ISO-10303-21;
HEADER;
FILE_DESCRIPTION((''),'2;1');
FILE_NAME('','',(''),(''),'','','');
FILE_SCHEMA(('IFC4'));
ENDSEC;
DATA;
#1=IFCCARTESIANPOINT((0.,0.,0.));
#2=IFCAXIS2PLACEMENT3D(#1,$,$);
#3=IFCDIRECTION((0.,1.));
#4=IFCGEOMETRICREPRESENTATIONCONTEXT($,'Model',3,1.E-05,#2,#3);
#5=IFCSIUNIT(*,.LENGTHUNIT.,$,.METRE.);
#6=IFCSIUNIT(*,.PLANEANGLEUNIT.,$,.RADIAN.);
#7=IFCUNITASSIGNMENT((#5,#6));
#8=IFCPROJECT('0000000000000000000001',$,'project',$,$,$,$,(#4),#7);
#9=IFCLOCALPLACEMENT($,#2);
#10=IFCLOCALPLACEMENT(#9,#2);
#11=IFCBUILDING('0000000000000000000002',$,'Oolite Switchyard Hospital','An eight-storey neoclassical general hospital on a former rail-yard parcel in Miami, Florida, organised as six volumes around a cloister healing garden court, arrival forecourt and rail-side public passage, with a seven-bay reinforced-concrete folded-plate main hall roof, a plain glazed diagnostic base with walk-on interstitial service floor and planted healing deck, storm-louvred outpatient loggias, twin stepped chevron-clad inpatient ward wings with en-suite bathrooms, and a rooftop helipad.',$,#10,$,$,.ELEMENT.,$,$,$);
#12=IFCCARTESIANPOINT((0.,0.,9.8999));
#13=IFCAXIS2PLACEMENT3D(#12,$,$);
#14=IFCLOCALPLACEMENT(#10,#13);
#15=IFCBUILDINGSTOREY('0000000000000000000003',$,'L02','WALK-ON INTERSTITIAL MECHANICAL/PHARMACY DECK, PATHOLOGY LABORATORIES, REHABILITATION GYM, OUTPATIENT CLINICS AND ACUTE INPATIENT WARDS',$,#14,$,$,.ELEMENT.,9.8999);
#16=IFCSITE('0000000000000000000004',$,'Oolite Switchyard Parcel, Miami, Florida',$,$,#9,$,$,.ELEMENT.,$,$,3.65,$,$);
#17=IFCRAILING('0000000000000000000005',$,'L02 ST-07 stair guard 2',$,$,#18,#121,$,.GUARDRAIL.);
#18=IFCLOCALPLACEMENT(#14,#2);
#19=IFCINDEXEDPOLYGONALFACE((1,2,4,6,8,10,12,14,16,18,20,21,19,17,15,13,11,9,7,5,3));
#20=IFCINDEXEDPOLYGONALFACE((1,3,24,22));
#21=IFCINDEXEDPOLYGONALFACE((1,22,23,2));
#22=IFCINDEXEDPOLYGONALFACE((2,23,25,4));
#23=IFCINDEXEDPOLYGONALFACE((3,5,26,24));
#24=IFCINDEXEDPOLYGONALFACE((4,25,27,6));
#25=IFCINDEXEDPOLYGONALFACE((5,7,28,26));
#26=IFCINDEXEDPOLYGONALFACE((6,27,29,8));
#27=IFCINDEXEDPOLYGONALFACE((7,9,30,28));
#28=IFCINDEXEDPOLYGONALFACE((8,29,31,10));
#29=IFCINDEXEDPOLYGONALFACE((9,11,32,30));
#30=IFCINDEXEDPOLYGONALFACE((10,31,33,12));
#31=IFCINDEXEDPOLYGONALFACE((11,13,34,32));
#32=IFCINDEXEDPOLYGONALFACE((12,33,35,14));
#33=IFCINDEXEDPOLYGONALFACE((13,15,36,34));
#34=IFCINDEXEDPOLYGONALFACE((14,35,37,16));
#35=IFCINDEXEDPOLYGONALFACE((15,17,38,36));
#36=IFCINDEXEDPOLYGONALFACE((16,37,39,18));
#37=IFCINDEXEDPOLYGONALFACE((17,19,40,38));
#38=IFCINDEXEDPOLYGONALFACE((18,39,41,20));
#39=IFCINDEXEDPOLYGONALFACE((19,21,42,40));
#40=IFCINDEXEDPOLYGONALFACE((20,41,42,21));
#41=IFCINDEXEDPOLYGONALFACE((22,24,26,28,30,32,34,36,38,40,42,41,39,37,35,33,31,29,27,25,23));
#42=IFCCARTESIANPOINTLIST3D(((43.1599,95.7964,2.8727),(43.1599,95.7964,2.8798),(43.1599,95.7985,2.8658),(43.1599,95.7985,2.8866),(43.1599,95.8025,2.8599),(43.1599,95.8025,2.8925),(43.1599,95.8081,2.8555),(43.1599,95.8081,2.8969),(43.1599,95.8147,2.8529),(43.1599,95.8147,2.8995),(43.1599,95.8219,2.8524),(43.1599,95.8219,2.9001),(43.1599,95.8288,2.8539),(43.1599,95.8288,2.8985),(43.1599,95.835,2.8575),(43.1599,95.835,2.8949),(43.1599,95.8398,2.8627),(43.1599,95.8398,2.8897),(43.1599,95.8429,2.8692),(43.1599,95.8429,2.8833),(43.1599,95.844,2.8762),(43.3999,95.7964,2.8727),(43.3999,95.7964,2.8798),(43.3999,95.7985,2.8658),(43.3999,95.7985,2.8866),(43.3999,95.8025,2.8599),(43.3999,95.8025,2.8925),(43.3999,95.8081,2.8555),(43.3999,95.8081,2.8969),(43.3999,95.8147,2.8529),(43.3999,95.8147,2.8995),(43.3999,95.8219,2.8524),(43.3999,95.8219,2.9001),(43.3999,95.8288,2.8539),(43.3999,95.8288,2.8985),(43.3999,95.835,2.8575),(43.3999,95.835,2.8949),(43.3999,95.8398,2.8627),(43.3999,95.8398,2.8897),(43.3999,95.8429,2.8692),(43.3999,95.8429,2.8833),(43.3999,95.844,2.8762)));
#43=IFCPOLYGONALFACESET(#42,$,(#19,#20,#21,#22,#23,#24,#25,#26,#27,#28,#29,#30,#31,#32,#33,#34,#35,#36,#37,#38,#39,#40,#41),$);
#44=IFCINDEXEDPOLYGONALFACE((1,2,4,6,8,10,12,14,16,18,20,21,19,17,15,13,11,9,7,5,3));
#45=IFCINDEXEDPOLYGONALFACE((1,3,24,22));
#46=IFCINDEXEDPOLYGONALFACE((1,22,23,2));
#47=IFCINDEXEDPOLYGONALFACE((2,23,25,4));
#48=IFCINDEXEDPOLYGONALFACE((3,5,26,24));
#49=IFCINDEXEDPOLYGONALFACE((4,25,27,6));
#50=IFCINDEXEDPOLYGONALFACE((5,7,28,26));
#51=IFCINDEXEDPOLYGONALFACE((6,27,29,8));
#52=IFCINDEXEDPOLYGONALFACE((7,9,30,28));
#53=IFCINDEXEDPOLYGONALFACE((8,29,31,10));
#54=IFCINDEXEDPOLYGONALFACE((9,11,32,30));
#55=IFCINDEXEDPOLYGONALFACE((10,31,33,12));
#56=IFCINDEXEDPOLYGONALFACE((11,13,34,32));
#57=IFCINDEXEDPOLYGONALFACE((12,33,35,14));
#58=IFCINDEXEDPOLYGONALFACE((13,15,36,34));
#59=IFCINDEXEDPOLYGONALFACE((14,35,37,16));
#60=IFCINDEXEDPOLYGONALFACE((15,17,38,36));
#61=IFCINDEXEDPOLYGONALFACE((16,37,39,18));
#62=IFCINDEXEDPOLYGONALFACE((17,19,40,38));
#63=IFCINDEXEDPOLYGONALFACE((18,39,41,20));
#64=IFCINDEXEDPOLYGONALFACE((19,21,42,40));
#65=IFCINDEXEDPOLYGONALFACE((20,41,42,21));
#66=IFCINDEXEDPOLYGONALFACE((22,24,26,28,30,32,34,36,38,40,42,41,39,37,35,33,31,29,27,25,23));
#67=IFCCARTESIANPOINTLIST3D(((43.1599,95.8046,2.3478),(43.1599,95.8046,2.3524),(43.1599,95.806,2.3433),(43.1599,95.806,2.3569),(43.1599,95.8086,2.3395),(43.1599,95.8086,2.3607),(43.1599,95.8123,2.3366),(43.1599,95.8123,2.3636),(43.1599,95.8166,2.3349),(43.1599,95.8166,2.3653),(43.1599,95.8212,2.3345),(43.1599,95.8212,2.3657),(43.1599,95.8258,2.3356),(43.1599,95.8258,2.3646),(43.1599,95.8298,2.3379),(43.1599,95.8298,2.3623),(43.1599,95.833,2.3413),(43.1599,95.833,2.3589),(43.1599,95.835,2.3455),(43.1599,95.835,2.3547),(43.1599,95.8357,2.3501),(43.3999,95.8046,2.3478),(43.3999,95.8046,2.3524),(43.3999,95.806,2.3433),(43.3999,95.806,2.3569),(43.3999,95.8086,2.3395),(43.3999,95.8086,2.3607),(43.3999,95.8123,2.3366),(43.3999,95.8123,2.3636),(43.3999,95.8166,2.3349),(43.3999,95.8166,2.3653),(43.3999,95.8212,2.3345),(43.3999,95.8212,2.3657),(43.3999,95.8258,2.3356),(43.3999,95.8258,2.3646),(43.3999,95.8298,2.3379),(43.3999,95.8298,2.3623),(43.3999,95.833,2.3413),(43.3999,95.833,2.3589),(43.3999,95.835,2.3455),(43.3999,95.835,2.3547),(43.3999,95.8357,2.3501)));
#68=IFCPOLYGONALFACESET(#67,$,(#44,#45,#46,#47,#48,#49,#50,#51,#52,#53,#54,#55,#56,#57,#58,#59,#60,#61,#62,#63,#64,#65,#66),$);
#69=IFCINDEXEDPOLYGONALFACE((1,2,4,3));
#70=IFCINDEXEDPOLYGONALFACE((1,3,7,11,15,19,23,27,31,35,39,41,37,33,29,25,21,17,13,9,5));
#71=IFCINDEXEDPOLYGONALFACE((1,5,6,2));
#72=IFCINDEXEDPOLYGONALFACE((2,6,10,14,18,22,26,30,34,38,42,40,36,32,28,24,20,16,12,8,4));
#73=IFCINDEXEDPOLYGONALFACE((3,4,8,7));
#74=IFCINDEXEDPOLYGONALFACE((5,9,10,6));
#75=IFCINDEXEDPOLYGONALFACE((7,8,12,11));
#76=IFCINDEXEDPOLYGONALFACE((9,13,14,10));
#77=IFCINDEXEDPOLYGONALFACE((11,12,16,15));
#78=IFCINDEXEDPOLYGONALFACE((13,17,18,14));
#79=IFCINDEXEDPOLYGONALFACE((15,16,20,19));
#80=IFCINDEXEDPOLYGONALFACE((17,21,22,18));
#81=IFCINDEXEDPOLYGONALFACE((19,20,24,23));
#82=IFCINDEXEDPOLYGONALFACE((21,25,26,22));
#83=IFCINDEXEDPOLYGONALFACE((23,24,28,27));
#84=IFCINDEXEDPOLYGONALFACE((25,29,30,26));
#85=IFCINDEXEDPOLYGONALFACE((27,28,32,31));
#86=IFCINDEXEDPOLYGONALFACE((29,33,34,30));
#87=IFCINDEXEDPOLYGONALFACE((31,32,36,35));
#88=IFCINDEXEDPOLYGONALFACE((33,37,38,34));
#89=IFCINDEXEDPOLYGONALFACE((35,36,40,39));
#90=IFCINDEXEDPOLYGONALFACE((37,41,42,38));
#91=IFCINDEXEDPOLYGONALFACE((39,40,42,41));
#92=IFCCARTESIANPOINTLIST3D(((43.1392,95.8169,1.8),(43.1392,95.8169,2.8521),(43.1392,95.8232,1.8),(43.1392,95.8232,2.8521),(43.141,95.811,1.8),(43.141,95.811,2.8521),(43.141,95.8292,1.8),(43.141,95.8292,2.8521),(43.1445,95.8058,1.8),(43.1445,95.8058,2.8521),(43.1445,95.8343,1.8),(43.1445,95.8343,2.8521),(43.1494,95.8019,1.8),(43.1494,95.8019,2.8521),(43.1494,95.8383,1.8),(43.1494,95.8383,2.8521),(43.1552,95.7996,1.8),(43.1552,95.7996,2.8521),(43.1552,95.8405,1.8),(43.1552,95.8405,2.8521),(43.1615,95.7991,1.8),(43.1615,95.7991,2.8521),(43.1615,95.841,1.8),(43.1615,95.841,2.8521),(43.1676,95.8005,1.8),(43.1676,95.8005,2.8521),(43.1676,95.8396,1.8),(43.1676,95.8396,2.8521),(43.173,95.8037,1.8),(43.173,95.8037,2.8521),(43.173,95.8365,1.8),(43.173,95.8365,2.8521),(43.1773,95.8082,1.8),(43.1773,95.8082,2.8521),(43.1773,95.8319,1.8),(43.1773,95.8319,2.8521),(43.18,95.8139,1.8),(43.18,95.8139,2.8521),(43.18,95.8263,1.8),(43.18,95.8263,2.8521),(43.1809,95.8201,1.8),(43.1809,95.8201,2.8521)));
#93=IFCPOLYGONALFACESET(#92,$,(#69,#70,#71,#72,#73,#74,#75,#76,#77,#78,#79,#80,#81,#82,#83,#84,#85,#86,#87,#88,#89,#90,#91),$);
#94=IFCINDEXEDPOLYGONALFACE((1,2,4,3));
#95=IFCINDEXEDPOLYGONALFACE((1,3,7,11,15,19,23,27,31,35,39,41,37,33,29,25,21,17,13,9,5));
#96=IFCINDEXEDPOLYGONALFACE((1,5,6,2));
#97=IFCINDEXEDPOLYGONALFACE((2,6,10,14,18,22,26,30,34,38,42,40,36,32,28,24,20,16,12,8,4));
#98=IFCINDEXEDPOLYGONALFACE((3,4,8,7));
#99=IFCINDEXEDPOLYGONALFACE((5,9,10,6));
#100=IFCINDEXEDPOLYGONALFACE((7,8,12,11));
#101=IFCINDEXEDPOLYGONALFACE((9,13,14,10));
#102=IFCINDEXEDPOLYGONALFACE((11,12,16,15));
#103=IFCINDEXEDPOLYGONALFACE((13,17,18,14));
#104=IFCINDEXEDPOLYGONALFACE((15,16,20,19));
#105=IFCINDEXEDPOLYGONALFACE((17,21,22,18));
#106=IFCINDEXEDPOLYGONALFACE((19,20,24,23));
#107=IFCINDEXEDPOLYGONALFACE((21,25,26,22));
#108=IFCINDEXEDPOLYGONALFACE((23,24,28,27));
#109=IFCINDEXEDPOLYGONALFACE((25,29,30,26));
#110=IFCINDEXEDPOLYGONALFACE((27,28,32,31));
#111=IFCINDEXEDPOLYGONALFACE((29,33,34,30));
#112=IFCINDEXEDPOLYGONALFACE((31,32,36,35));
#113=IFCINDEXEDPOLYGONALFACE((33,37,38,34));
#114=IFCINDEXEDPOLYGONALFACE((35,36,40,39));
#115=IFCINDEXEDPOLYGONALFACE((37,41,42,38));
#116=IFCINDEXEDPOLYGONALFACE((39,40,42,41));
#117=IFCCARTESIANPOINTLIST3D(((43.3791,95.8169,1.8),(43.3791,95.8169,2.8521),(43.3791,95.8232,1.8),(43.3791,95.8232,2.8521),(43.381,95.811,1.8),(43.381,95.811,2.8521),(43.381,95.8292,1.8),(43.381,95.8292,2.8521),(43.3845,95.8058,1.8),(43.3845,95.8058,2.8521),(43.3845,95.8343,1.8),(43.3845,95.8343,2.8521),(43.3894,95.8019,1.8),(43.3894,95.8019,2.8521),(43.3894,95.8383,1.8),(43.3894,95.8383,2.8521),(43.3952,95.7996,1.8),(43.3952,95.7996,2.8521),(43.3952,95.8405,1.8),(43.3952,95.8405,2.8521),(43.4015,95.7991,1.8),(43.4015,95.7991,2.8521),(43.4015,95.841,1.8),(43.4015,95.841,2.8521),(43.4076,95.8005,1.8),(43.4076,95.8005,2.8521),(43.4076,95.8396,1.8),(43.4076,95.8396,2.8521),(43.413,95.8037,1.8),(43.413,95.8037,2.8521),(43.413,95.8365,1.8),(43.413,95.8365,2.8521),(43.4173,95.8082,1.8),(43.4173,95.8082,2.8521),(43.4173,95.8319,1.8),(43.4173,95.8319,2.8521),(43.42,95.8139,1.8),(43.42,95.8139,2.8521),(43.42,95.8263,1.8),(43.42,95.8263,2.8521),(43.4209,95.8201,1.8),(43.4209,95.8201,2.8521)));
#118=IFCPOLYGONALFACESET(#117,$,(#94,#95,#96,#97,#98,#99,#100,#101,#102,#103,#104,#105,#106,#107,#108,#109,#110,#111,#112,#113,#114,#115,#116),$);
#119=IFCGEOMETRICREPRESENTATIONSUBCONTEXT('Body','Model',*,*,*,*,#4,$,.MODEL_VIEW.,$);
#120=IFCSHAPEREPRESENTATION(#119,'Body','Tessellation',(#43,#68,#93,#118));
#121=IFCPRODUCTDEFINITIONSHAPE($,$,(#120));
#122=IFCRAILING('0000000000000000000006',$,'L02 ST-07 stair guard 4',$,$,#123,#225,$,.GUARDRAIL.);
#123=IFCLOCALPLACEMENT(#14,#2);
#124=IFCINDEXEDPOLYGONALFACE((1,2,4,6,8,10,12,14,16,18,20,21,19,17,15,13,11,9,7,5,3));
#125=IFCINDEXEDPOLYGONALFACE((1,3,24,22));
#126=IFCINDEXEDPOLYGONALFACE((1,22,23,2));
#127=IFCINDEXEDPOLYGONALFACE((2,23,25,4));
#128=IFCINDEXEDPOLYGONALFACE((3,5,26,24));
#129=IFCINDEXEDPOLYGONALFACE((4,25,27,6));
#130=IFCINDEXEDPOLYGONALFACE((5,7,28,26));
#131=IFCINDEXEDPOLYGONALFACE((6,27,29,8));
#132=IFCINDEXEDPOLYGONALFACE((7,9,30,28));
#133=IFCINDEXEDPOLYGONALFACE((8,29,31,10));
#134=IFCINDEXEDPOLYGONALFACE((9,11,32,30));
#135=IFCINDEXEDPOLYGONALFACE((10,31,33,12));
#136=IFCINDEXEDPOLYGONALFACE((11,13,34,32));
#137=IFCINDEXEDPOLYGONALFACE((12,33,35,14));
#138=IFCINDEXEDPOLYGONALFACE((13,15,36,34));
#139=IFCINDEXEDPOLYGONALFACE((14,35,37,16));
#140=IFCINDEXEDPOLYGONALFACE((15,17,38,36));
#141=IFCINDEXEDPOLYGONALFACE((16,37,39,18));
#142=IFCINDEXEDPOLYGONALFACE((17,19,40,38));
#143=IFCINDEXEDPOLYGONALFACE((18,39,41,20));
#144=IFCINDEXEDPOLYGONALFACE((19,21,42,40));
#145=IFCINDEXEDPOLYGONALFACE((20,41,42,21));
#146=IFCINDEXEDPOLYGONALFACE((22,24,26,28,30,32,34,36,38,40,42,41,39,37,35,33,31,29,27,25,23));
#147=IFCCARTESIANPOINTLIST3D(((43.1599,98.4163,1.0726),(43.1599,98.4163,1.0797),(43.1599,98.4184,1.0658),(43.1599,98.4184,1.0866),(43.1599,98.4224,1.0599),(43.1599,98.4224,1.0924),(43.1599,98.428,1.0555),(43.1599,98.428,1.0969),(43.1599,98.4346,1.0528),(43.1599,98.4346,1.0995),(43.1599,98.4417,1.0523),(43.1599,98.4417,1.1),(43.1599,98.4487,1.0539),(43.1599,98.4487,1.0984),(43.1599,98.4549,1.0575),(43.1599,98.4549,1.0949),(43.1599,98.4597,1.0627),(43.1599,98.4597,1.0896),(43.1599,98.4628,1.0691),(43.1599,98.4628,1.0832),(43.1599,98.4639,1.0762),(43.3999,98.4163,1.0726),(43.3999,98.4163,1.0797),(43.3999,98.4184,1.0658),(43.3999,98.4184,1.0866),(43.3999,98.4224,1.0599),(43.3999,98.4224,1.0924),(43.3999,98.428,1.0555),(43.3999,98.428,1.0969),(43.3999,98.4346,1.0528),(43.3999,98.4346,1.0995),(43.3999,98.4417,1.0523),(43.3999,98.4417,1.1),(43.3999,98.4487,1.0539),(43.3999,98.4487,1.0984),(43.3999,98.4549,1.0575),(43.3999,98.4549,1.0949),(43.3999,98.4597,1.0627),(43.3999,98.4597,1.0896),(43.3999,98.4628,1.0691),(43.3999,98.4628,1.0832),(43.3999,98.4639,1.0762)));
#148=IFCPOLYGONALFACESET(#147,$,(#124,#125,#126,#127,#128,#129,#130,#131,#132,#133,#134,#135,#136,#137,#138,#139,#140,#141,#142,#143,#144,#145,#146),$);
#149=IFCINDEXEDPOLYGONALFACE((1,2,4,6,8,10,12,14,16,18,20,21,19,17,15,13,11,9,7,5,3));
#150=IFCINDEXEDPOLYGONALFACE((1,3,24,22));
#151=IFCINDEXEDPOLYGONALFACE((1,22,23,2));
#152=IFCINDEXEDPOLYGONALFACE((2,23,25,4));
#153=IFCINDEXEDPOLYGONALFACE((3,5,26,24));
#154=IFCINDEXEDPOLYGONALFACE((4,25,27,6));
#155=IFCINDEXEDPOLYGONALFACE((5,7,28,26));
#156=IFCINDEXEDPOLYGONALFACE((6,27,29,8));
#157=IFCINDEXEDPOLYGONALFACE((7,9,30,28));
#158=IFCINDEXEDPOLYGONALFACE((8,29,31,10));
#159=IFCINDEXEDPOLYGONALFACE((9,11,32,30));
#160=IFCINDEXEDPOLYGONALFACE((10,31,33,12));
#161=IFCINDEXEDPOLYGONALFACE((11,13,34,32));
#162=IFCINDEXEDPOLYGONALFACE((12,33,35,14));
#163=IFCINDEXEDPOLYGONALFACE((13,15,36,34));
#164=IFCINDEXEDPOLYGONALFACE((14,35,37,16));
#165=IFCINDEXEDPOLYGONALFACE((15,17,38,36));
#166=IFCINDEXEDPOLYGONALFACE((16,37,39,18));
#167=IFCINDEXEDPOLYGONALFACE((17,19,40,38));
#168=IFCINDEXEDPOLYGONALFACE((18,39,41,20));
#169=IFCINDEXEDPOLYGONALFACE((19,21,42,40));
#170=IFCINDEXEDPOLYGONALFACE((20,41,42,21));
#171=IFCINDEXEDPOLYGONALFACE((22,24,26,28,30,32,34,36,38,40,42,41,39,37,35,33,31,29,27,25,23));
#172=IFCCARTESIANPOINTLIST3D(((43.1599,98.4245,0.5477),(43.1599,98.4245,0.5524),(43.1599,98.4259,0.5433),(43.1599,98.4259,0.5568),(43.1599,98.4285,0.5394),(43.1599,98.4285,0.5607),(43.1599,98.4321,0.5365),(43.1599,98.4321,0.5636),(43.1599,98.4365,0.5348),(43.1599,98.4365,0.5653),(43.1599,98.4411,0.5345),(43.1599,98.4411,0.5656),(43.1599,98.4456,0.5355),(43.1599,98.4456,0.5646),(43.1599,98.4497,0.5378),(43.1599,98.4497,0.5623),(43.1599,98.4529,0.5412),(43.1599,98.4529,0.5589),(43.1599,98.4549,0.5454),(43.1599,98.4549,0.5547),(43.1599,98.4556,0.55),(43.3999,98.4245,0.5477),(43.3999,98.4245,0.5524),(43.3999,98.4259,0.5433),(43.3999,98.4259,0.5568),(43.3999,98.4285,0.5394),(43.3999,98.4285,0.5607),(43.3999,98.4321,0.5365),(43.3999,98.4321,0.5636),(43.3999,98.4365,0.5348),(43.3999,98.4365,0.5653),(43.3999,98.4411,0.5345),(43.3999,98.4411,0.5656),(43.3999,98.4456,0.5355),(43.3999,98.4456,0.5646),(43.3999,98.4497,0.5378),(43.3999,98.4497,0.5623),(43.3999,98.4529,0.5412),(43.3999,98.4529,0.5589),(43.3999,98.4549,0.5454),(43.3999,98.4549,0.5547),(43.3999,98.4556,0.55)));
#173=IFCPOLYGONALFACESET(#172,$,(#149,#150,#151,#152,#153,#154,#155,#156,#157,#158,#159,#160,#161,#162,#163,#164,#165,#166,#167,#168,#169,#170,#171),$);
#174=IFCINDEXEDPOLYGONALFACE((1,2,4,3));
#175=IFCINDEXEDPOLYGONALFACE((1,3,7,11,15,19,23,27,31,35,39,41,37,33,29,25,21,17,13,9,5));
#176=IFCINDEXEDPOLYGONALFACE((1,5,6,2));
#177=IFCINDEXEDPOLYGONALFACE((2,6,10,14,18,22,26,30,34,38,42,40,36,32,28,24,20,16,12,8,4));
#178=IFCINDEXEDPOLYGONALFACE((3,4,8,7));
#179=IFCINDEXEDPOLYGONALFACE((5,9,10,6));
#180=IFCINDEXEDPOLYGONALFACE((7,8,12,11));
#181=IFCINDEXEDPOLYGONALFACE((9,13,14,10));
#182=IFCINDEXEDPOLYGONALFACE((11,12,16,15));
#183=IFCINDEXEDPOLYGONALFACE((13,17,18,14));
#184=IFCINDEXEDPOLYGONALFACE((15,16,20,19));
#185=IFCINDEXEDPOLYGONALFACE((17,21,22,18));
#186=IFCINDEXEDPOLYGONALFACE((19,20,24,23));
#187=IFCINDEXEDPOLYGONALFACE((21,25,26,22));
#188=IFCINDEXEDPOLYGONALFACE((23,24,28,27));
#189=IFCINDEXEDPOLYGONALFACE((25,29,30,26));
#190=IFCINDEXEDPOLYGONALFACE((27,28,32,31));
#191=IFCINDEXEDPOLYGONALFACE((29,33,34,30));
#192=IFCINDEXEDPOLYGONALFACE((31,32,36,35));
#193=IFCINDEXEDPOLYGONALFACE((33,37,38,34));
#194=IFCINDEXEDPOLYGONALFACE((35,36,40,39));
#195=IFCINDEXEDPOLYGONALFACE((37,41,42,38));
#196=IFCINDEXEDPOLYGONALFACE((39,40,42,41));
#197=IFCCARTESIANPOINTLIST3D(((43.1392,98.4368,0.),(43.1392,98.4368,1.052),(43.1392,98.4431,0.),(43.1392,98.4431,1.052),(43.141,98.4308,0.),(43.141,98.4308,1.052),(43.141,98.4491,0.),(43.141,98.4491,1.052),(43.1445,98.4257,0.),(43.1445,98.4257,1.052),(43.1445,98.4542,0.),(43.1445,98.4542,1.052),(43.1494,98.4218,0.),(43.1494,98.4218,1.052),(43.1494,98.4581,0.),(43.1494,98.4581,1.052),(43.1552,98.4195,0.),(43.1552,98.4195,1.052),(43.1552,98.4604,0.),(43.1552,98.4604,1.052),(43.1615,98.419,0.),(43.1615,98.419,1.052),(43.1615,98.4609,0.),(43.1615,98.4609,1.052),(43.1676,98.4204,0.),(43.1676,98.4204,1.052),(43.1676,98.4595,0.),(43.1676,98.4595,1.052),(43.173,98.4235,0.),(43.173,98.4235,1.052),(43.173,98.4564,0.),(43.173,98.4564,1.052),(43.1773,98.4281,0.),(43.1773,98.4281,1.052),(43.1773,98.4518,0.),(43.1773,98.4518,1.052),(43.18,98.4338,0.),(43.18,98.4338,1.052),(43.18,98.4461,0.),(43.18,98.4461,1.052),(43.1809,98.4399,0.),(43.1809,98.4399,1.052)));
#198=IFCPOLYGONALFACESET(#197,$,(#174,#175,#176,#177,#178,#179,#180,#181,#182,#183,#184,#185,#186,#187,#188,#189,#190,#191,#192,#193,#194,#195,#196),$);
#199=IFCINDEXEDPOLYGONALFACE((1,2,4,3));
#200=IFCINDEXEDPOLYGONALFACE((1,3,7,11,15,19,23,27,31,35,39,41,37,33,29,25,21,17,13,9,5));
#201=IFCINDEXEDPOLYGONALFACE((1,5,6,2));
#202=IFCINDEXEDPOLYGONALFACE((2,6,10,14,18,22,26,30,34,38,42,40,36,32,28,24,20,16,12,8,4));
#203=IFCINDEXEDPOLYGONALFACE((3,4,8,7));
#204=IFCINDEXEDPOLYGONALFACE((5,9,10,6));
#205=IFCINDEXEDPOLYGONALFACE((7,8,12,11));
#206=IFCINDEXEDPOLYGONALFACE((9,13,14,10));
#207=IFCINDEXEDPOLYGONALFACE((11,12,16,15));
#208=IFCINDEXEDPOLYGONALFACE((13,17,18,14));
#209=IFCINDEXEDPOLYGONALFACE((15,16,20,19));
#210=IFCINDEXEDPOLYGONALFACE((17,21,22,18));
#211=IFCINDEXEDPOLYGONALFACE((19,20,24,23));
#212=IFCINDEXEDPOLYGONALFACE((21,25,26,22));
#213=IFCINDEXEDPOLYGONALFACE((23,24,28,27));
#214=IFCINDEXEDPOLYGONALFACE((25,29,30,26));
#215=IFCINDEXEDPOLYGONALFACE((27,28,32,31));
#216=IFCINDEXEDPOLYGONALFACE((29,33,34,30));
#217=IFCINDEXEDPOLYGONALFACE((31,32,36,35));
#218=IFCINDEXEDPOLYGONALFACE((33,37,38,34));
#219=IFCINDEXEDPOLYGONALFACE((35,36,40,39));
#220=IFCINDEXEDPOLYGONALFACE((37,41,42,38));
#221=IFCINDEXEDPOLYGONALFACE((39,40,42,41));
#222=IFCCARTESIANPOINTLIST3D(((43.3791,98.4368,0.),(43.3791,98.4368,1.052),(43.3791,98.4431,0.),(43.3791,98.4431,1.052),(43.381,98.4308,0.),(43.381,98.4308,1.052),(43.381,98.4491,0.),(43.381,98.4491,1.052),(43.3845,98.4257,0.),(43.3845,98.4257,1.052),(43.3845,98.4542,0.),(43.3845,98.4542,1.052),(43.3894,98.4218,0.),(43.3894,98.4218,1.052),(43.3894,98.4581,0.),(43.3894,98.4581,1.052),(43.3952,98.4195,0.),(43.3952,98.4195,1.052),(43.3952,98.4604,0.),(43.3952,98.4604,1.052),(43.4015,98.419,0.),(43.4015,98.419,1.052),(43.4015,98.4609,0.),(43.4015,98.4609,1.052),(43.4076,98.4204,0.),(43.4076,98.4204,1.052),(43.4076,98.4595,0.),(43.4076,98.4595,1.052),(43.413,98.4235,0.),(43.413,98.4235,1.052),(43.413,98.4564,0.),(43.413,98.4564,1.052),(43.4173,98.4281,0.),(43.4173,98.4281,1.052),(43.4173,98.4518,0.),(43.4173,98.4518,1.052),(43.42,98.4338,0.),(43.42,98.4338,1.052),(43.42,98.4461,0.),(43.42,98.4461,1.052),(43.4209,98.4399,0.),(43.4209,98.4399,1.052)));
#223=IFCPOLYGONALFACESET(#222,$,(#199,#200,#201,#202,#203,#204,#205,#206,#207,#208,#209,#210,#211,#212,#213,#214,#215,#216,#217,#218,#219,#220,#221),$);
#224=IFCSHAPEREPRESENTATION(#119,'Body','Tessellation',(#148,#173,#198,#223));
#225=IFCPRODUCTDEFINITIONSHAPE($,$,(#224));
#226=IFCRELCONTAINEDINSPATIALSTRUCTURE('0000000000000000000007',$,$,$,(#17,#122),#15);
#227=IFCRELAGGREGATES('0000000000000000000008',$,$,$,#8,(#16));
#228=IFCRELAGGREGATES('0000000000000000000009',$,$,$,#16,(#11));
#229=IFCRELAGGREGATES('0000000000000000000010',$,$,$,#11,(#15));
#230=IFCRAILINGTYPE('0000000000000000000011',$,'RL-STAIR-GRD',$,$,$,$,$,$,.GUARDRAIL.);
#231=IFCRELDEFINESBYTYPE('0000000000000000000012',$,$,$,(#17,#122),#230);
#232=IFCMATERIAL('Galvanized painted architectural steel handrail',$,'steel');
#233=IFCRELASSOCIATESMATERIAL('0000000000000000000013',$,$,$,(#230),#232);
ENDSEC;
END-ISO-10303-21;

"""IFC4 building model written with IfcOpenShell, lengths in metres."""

from ifc_helpers import new_model, si_unit, direction, frame, origin, origin_2d, place, context, subcontext, project, spatial, circle, extrude, material, type_object, element, save


model = new_model("IFC4")

# Units and contexts
model_context = context("Model", 3, precision=1e-05, world=origin(), true_north=direction((0.0, 1.0)))
body_context = subcontext(model_context, "Body", "Model", "MODEL_VIEW")
ifc_project = project(units=[si_unit("LENGTHUNIT", "METRE"), si_unit("PLANEANGLEUNIT", "RADIAN")], contexts=[model_context])

# Site, building, storey
site_placement = place(None, origin())
site = spatial("IfcSite", under=ifc_project, at=site_placement, Name="Oolite Switchyard Parcel, Miami, Florida", CompositionType="ELEMENT", RefElevation=3.65)
building_placement = place(site_placement, origin())
building = spatial("IfcBuilding", under=site, at=building_placement, Name="Oolite Switchyard Hospital", Description="An eight-storey neoclassical general hospital on a former rail-yard parcel in Miami, Florida, organised as six volumes around a cloister healing garden court, arrival forecourt and rail-side public passage, with a seven-bay reinforced-concrete folded-plate main hall roof, a plain glazed diagnostic base with walk-on interstitial service floor and planted healing deck, storm-louvred outpatient loggias, twin stepped chevron-clad inpatient ward wings with en-suite bathrooms, and a rooftop helipad.", CompositionType="ELEMENT")
storey_placement = place(building_placement, frame((0.0, 0.0, 9.8999)))
storey = spatial("IfcBuildingStorey", under=building, at=storey_placement, Name="L02", Description="WALK-ON INTERSTITIAL MECHANICAL/PHARMACY DECK, PATHOLOGY LABORATORIES, REHABILITATION GYM, OUTPATIENT CLINICS AND ACUTE INPATIENT WARDS", CompositionType="ELEMENT", Elevation=9.8999)

# Railings
ifc_material_1 = material(Name="Galvanized painted architectural steel handrail", Category="steel")
railing_type_1 = type_object("IfcRailingType", Name="RL-STAIR-GRD", PredefinedType="GUARDRAIL", material=ifc_material_1)
for number, where, name in (
    (1, (43.1599, 95.8201, 1.8), "L02 ST-07 stair guard 2"),
    (2, (43.1599, 98.4399, 0.0), "L02 ST-07 stair guard 4"),
):
    element("IfcRailing", number, at=place(storey_placement, frame(where)), inside=storey, type_object=railing_type_1, Name=name, PredefinedType="GUARDRAIL", context=body_context, shape_type="SweptSolid", body=[
        extrude(circle(Radius=0.0239, at=origin_2d()), frame((0.0, 0.0, 1.0762), z_axis=(1.0, 0.0, 0.0), x_axis=(0.0, 1.0, 0.0)), (0.0, 0.0, 1.0), 0.24),
        extrude(circle(Radius=0.0156, at=origin_2d()), frame((0.0, 0.0, 0.55), z_axis=(1.0, 0.0, 0.0), x_axis=(0.0, 1.0, 0.0)), (0.0, 0.0, 1.0), 0.24),
        extrude(circle(Radius=0.021, at=origin_2d()), origin(), (0.0, 0.0, 1.0), 1.052),
        extrude(circle(Radius=0.021, at=origin_2d()), frame((0.24, 0.0, 0.0)), (0.0, 0.0, 1.0), 1.052),
    ])

save(model, "model.ifc")
